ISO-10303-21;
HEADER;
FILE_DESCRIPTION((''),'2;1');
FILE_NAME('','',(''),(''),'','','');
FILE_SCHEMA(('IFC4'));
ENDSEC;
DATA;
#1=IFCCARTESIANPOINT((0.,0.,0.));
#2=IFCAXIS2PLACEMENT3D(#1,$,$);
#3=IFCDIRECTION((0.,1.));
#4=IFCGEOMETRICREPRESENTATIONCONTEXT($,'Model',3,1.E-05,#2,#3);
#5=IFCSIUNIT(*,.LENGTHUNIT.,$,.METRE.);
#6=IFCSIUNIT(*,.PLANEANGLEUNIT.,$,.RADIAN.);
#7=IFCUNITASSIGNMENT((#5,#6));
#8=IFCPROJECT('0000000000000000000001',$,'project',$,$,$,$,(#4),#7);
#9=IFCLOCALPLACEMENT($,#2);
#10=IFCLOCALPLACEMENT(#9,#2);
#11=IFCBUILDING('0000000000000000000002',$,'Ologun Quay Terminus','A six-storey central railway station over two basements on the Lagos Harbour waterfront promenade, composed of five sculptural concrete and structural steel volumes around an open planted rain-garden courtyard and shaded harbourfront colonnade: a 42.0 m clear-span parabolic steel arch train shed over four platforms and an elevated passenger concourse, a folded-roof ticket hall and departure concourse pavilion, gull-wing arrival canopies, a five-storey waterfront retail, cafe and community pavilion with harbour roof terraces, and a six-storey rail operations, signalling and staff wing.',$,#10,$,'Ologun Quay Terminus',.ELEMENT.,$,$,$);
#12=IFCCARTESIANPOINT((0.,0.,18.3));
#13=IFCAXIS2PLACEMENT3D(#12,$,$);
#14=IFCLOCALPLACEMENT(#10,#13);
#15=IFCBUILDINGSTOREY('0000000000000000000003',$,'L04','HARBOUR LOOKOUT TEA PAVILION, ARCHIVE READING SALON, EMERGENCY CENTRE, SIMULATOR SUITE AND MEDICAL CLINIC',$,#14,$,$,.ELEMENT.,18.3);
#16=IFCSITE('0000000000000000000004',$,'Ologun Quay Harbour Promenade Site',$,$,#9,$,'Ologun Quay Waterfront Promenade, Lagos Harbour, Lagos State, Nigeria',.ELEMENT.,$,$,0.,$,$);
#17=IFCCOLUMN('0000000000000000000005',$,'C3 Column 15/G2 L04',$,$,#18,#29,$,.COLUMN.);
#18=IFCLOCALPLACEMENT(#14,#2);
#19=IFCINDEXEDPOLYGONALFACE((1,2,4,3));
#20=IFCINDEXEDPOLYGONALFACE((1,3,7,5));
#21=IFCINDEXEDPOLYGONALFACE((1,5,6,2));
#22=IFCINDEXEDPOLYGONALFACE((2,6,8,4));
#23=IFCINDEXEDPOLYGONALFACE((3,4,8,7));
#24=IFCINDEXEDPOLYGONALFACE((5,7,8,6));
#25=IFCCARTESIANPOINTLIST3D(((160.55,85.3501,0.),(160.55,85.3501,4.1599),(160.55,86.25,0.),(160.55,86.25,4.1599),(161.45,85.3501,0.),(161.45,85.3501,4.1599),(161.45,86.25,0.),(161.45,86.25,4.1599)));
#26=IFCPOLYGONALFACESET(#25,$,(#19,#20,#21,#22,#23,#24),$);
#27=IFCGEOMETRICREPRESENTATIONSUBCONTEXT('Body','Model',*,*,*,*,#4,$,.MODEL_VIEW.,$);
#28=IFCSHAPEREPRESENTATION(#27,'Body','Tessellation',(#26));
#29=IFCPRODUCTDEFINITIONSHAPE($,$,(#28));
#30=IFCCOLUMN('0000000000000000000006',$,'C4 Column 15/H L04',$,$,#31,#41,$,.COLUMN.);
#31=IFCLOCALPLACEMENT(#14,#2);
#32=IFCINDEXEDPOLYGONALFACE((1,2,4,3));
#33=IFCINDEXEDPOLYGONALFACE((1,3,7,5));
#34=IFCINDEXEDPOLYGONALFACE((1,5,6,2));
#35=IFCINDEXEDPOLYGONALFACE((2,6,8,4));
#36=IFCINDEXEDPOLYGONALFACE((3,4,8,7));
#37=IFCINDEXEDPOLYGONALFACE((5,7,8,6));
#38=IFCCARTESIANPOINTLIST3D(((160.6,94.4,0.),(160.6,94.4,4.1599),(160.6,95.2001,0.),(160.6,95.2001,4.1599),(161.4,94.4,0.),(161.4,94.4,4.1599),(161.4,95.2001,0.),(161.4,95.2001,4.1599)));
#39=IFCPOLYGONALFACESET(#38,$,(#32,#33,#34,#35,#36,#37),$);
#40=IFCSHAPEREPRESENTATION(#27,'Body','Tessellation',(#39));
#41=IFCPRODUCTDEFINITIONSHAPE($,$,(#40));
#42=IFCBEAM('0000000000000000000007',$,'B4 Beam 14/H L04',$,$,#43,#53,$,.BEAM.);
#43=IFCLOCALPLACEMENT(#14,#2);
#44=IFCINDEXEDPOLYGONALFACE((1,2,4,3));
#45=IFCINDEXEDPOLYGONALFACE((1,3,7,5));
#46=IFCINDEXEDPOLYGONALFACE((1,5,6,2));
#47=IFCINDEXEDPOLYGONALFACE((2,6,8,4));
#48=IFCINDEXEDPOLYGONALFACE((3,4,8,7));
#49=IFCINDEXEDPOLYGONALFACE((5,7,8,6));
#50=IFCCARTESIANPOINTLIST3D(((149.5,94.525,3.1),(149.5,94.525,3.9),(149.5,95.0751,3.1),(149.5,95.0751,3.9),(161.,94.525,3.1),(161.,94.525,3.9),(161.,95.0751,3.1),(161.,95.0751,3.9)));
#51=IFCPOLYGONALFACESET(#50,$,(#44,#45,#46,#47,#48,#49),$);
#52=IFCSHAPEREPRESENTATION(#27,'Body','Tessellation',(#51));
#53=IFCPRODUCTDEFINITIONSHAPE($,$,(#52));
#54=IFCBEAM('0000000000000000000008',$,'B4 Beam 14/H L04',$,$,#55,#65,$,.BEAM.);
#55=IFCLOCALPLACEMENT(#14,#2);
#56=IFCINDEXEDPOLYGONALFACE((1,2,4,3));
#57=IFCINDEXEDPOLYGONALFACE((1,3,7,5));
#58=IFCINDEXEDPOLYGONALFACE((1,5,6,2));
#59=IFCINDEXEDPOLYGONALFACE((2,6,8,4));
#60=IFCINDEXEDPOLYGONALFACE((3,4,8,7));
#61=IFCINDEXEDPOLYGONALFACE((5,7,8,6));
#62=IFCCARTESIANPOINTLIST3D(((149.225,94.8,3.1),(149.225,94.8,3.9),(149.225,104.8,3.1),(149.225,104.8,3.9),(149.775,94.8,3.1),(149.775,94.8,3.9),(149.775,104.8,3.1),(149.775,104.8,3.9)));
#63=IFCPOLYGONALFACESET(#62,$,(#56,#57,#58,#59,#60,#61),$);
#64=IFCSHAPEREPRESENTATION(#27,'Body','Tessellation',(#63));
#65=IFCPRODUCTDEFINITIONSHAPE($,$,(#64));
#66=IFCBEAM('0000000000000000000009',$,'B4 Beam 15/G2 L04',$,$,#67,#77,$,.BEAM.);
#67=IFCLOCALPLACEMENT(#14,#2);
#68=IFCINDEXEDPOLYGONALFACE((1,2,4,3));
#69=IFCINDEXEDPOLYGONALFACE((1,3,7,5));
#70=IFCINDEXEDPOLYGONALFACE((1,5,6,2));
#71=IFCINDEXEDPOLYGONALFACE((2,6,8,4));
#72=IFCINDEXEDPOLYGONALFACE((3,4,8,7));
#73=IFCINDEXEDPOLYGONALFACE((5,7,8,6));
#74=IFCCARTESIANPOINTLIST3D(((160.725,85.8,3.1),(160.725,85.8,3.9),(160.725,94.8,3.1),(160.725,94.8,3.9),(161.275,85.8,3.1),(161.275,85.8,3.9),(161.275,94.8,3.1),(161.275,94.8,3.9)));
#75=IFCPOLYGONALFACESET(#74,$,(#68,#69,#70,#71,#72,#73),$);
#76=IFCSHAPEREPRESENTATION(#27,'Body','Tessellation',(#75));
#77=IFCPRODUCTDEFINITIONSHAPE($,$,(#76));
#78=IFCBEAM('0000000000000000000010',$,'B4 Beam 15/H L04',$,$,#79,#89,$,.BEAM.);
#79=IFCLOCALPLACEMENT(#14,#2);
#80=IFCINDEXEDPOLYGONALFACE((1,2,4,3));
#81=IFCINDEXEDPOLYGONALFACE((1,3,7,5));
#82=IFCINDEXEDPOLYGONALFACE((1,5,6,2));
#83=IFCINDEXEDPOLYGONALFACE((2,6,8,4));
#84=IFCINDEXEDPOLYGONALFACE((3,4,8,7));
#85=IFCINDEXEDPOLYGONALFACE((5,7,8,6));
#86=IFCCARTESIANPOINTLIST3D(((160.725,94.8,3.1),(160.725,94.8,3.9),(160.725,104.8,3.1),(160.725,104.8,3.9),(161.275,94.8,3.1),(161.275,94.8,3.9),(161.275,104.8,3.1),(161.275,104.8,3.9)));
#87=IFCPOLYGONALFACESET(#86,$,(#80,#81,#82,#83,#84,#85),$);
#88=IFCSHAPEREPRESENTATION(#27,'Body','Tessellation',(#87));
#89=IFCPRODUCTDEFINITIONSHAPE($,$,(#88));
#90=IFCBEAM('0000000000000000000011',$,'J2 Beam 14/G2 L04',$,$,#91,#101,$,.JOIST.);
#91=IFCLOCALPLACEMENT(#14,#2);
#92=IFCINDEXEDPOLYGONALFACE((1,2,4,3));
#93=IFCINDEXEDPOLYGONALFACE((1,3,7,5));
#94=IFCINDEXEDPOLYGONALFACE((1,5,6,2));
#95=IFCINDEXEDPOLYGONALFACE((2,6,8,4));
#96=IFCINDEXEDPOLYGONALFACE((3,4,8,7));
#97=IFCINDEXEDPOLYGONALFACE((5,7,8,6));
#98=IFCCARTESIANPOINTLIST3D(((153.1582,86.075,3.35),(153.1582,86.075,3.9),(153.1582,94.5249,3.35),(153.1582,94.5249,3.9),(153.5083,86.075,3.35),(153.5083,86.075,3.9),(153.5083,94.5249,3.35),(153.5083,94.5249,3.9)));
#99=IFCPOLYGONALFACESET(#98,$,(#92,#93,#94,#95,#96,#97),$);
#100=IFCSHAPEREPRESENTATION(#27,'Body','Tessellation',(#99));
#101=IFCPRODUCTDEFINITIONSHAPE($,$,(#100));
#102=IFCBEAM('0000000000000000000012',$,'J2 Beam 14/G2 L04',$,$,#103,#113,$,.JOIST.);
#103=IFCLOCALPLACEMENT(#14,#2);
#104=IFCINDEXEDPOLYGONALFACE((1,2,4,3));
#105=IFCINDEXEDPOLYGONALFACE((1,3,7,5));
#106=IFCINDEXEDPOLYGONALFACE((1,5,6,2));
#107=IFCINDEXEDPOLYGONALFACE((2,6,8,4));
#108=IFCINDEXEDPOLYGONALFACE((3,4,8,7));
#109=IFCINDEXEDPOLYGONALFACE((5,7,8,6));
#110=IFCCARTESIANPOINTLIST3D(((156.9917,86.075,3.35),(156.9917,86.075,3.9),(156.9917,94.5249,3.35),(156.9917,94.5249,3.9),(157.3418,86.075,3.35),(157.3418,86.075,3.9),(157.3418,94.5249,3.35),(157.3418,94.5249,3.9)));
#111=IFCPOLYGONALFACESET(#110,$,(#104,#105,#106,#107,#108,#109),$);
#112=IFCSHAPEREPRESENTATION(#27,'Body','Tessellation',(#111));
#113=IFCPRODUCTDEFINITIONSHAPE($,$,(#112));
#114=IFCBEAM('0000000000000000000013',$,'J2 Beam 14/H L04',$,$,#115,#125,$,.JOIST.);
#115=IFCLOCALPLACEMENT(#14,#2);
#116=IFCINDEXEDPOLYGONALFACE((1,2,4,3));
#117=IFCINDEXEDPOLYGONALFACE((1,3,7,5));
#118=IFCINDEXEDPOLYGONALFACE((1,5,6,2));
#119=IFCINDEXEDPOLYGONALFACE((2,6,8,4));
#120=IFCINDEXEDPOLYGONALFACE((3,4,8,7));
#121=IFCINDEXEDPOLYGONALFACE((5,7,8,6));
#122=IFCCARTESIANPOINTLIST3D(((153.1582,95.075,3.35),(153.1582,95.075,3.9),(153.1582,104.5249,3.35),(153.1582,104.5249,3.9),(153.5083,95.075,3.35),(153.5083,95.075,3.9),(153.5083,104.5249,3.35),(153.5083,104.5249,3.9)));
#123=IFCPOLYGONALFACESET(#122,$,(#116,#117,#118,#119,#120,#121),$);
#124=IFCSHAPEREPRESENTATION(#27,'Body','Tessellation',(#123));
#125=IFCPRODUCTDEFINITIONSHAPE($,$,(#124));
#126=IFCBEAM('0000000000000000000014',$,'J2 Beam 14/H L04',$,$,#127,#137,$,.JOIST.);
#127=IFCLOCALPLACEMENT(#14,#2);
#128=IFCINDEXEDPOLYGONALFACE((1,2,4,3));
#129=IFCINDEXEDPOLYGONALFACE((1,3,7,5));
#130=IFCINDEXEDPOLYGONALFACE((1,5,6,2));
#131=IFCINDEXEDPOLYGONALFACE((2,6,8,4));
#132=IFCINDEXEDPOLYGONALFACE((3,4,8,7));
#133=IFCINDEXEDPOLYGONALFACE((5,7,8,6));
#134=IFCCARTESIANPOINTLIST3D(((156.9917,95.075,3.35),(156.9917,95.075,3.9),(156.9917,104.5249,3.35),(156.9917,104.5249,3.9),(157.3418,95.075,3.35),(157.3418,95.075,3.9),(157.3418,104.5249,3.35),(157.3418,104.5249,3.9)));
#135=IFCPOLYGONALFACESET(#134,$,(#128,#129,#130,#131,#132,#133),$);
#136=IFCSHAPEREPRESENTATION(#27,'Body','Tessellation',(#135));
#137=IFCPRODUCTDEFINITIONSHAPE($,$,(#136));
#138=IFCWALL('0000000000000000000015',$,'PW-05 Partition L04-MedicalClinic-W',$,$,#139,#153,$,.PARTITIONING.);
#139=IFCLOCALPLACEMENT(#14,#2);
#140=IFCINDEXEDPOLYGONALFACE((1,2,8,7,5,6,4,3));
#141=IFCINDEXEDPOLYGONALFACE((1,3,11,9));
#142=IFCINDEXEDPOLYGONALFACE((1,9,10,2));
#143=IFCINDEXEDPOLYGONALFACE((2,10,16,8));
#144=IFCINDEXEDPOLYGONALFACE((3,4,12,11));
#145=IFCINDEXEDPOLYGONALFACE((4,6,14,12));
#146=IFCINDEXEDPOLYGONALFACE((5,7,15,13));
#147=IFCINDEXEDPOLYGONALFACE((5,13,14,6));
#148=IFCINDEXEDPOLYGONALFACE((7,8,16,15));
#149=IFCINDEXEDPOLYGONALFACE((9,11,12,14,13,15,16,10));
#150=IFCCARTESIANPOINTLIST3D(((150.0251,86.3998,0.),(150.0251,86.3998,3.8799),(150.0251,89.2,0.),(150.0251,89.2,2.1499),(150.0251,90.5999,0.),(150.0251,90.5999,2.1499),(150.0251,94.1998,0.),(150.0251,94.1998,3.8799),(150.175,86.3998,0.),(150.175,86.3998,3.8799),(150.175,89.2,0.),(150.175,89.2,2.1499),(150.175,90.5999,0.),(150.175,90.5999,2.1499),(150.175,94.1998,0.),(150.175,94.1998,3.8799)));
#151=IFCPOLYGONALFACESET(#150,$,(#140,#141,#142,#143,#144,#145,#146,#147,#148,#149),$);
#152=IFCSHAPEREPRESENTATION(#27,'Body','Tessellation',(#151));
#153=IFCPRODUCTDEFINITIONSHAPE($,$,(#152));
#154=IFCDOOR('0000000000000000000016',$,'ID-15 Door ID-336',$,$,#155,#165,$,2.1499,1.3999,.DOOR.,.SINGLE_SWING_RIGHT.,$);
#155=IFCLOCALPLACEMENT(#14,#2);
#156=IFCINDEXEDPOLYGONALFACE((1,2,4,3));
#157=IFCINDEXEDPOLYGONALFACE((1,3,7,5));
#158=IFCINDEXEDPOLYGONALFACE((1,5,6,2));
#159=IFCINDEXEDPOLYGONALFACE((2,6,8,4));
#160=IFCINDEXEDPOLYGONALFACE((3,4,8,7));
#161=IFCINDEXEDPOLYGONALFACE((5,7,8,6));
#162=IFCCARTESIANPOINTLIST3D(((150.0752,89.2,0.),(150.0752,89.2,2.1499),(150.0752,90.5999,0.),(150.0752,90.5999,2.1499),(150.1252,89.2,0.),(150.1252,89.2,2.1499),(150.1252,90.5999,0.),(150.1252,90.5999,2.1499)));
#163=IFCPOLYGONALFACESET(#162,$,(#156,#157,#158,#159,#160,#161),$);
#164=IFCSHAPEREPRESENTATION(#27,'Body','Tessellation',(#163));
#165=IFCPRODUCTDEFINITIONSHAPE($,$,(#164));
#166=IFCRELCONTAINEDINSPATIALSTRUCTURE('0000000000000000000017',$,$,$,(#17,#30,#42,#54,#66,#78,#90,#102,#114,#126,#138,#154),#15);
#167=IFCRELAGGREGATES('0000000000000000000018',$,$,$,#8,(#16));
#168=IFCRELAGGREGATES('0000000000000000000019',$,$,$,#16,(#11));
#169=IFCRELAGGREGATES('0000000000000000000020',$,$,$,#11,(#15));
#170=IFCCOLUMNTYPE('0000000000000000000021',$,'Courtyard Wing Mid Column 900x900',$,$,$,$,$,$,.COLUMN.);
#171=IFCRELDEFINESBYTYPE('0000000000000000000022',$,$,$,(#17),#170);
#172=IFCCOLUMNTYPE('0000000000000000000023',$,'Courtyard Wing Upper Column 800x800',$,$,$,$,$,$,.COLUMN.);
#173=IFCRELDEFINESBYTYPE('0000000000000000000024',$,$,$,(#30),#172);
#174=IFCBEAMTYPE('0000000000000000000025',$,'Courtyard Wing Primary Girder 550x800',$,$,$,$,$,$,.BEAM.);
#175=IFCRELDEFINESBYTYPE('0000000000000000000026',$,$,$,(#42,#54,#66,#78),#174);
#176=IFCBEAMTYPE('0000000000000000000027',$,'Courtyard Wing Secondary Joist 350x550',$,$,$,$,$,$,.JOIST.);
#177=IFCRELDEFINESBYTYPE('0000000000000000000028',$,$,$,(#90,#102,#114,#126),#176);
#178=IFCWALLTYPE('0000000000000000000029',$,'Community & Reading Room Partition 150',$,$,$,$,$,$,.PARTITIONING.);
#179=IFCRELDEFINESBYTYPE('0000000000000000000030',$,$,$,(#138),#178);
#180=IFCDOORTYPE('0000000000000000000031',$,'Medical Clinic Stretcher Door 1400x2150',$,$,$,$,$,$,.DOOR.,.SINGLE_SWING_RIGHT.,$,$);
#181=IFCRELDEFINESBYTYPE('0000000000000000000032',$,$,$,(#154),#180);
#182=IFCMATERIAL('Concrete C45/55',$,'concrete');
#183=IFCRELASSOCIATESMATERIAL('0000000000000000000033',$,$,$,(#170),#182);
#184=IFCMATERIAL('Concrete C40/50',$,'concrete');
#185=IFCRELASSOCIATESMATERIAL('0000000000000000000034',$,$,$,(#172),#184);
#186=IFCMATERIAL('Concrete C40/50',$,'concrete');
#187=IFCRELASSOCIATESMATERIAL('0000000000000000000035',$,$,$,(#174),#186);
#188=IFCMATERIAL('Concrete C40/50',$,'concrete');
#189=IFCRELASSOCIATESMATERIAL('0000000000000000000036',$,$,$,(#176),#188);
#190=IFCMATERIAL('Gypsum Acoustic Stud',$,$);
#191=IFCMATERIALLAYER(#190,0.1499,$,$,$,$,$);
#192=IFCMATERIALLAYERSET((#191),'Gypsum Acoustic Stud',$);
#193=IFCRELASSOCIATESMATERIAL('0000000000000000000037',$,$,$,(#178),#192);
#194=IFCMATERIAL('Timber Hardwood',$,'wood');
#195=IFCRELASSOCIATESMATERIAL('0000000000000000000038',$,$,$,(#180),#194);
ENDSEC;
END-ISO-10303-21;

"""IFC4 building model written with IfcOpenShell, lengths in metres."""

from ifc_helpers import new_model, si_unit, direction, frame, frame_2d, origin, origin_2d, place, context, subcontext, project, spatial, rectangle, extrude, material, layer, layer_set, material_profile, profile_set, type_object, element, fill, save


model = new_model("IFC4")

# Units and contexts
model_context = context("Model", 3, precision=1e-05, world=origin(), true_north=direction((0.0, 1.0)))
body_context = subcontext(model_context, "Body", "Model", "MODEL_VIEW")
ifc_project = project(units=[si_unit("LENGTHUNIT", "METRE"), si_unit("PLANEANGLEUNIT", "RADIAN")], contexts=[model_context])

# Site, building, storey
site_placement = place(None, origin())
site = spatial("IfcSite", under=ifc_project, at=site_placement, Name="Ologun Quay Harbour Promenade Site", LongName="Ologun Quay Waterfront Promenade, Lagos Harbour, Lagos State, Nigeria", CompositionType="ELEMENT", RefElevation=0.0)
building_placement = place(site_placement, origin())
building = spatial("IfcBuilding", under=site, at=building_placement, Name="Ologun Quay Terminus", Description="A six-storey central railway station over two basements on the Lagos Harbour waterfront promenade, composed of five sculptural concrete and structural steel volumes around an open planted rain-garden courtyard and shaded harbourfront colonnade: a 42.0 m clear-span parabolic steel arch train shed over four platforms and an elevated passenger concourse, a folded-roof ticket hall and departure concourse pavilion, gull-wing arrival canopies, a five-storey waterfront retail, cafe and community pavilion with harbour roof terraces, and a six-storey rail operations, signalling and staff wing.", LongName="Ologun Quay Terminus", CompositionType="ELEMENT")
storey_placement = place(building_placement, frame((0.0, 0.0, 18.3)))
storey = spatial("IfcBuildingStorey", under=building, at=storey_placement, Name="L04", Description="HARBOUR LOOKOUT TEA PAVILION, ARCHIVE READING SALON, EMERGENCY CENTRE, SIMULATOR SUITE AND MEDICAL CLINIC", CompositionType="ELEMENT", Elevation=18.3)

# Columns
ifc_material_1 = material(Name="Concrete C45/55", Category="concrete")
ifc_material_profile_1 = material_profile(ifc_material_1, rectangle(XDim=0.8999, YDim=0.8999, at=origin_2d()), Name="RC 900x900")
ifc_profile_set_1 = profile_set([ifc_material_profile_1], Name="Concrete C45/55")
column_type_1 = type_object("IfcColumnType", Name="Courtyard Wing Mid Column 900x900", PredefinedType="COLUMN", material=ifc_profile_set_1)
column_1_placement = place(storey_placement, frame((161.0, 85.8, 0.0), z_axis=(0.0, 0.0, 1.0), x_axis=(1.0, 0.0, 0.0)))
element("IfcColumn", 1, at=column_1_placement, inside=storey, type_object=column_type_1, Name="C3 Column 15/G2 L04", PredefinedType="COLUMN", context=body_context, shape_type="SweptSolid", body=[
    extrude(rectangle(XDim=0.8999, YDim=0.8999, at=origin_2d()), origin(), (0.0, 0.0, 1.0), 4.1599),
])
ifc_material_2 = material(Name="Concrete C40/50", Category="concrete")
ifc_material_profile_2 = material_profile(ifc_material_2, rectangle(XDim=0.8, YDim=0.8, at=origin_2d()), Name="RC 800x800")
ifc_profile_set_2 = profile_set([ifc_material_profile_2], Name="Concrete C40/50")
column_type_2 = type_object("IfcColumnType", Name="Courtyard Wing Upper Column 800x800", PredefinedType="COLUMN", material=ifc_profile_set_2)
column_2_placement = place(storey_placement, frame((161.0, 94.8, 0.0), z_axis=(0.0, 0.0, 1.0), x_axis=(1.0, 0.0, 0.0)))
element("IfcColumn", 2, at=column_2_placement, inside=storey, type_object=column_type_2, Name="C4 Column 15/H L04", PredefinedType="COLUMN", context=body_context, shape_type="SweptSolid", body=[
    extrude(rectangle(XDim=0.8, YDim=0.8, at=origin_2d()), origin(), (0.0, 0.0, 1.0), 4.1599),
])

# Beams
ifc_material_3 = material(Name="Concrete C40/50", Category="concrete")
ifc_material_profile_3 = material_profile(ifc_material_3, rectangle(XDim=0.55, YDim=0.8, at=origin_2d()), Name="RC 550x800")
ifc_profile_set_3 = profile_set([ifc_material_profile_3], Name="Concrete C40/50")
beam_type_1 = type_object("IfcBeamType", Name="Courtyard Wing Primary Girder 550x800", PredefinedType="BEAM", material=ifc_profile_set_3)
beam_1_placement = place(storey_placement, frame((149.5, 94.8, 3.5), z_axis=(1.0, 0.0, 0.0), x_axis=(0.0, 1.0, 0.0)))
element("IfcBeam", 3, at=beam_1_placement, inside=storey, type_object=beam_type_1, Name="B4 Beam 14/H L04", PredefinedType="BEAM", context=body_context, shape_type="SweptSolid", body=[
    extrude(rectangle(XDim=0.55, YDim=0.8, at=origin_2d()), origin(), (0.0, 0.0, 1.0), 11.5),
])
beam_2_placement = place(storey_placement, frame((149.5, 94.8, 3.5), z_axis=(0.0, 1.0, 0.0), x_axis=(-1.0, 0.0, 0.0)))
element("IfcBeam", 4, at=beam_2_placement, inside=storey, type_object=beam_type_1, Name="B4 Beam 14/H L04", PredefinedType="BEAM", context=body_context, shape_type="SweptSolid", body=[
    extrude(rectangle(XDim=0.55, YDim=0.8, at=origin_2d()), origin(), (0.0, 0.0, 1.0), 10.0),
])
beam_3_placement = place(storey_placement, frame((161.0, 85.8, 3.5), z_axis=(0.0, 1.0, 0.0), x_axis=(-1.0, 0.0, 0.0)))
element("IfcBeam", 5, at=beam_3_placement, inside=storey, type_object=beam_type_1, Name="B4 Beam 15/G2 L04", PredefinedType="BEAM", context=body_context, shape_type="SweptSolid", body=[
    extrude(rectangle(XDim=0.55, YDim=0.8, at=origin_2d()), origin(), (0.0, 0.0, 1.0), 9.0),
])
beam_4_placement = place(storey_placement, frame((161.0, 94.8, 3.5), z_axis=(0.0, 1.0, 0.0), x_axis=(-1.0, 0.0, 0.0)))
element("IfcBeam", 6, at=beam_4_placement, inside=storey, type_object=beam_type_1, Name="B4 Beam 15/H L04", PredefinedType="BEAM", context=body_context, shape_type="SweptSolid", body=[
    extrude(rectangle(XDim=0.55, YDim=0.8, at=origin_2d()), origin(), (0.0, 0.0, 1.0), 10.0),
])
ifc_material_4 = material(Name="Concrete C40/50", Category="concrete")
ifc_material_profile_4 = material_profile(ifc_material_4, rectangle(XDim=0.3501, YDim=0.55, at=origin_2d()), Name="RC 350x550")
ifc_profile_set_4 = profile_set([ifc_material_profile_4], Name="Concrete C40/50")
beam_type_2 = type_object("IfcBeamType", Name="Courtyard Wing Secondary Joist 350x550", PredefinedType="JOIST", material=ifc_profile_set_4)
for number, where, z_axis, x_axis, name in (
    (7, (153.3333, 86.075, 3.625), (0.0, 1.0, 0.0), (-1.0, 0.0, 0.0), "J2 Beam 14/G2 L04"),
    (8, (157.1667, 86.075, 3.625), (0.0, 1.0, 0.0), (-1.0, 0.0, 0.0), "J2 Beam 14/G2 L04"),
):
    element("IfcBeam", number, at=place(storey_placement, frame(where, z_axis=z_axis, x_axis=x_axis)), inside=storey, type_object=beam_type_2, Name=name, PredefinedType="JOIST", context=body_context, shape_type="SweptSolid", body=[
        extrude(rectangle(XDim=0.3501, YDim=0.55, at=origin_2d()), origin(), (0.0, 0.0, 1.0), 8.45),
    ])
for number, where, z_axis, x_axis, name in (
    (9, (153.3333, 95.075, 3.625), (0.0, 1.0, 0.0), (-1.0, 0.0, 0.0), "J2 Beam 14/H L04"),
    (10, (157.1667, 95.075, 3.625), (0.0, 1.0, 0.0), (-1.0, 0.0, 0.0), "J2 Beam 14/H L04"),
):
    element("IfcBeam", number, at=place(storey_placement, frame(where, z_axis=z_axis, x_axis=x_axis)), inside=storey, type_object=beam_type_2, Name=name, PredefinedType="JOIST", context=body_context, shape_type="SweptSolid", body=[
        extrude(rectangle(XDim=0.3501, YDim=0.55, at=origin_2d()), origin(), (0.0, 0.0, 1.0), 9.45),
    ])

# Wall, opening, door
ifc_material_5 = material(Name="Gypsum Acoustic Stud")
ifc_layer_1 = layer(ifc_material_5, 0.1499)
ifc_layer_set_1 = layer_set([ifc_layer_1], Name="Gypsum Acoustic Stud")
wall_type_1 = type_object("IfcWallType", Name="Community & Reading Room Partition 150", PredefinedType="PARTITIONING", material=ifc_layer_set_1)
wall_1_placement = place(storey_placement, frame((150.1001, 86.3999, 0.0), z_axis=(0.0, 0.0, 1.0), x_axis=(0.0, 1.0, 0.0)))
wall_1 = element("IfcWall", 11, at=wall_1_placement, inside=storey, type_object=wall_type_1, Name="PW-05 Partition L04-MedicalClinic-W", PredefinedType="PARTITIONING", context=body_context, shape_type="SweptSolid", body=[
    extrude(rectangle(XDim=7.8, YDim=0.1499, at=frame_2d((3.8999, 0.0))), origin(), (0.0, 0.0, 1.0), 3.8799),
])
opening_1_placement = place(wall_1_placement, frame((2.8, 0.0, 0.0)))
opening_1 = element("IfcOpeningElement", 12, at=opening_1_placement, cuts=wall_1, PredefinedType="OPENING", context=body_context, shape_type="SweptSolid", body=[
    extrude(rectangle(XDim=1.3999, YDim=2.1499, at=frame_2d((0.7, 1.075))), frame((0.0, 0.085, 0.0), z_axis=(0.0, -1.0, 0.0), x_axis=(1.0, 0.0, 0.0)), (0.0, 0.0, 1.0), 0.1699),
])
ifc_material_6 = material(Name="Timber Hardwood", Category="wood")
door_type = type_object("IfcDoorType", Name="Medical Clinic Stretcher Door 1400x2150", OperationType="SINGLE_SWING_RIGHT", PredefinedType="DOOR", material=ifc_material_6)
door_placement = place(opening_1_placement, origin())
door = element("IfcDoor", 13, at=door_placement, inside=storey, type_object=door_type, Name="ID-15 Door ID-336", OperationType="SINGLE_SWING_RIGHT", OverallHeight=2.1499, OverallWidth=1.3999, PredefinedType="DOOR", context=body_context, shape_type="SweptSolid", body=[
    extrude(rectangle(XDim=1.3999, YDim=2.1499, at=frame_2d((0.7, 1.075))), frame((0.0, 0.0249, 0.0), z_axis=(0.0, -1.0, 0.0), x_axis=(1.0, 0.0, 0.0)), (0.0, 0.0, 1.0), 0.05),
])
fill(opening_1, door)

save(model, "model.ifc")
